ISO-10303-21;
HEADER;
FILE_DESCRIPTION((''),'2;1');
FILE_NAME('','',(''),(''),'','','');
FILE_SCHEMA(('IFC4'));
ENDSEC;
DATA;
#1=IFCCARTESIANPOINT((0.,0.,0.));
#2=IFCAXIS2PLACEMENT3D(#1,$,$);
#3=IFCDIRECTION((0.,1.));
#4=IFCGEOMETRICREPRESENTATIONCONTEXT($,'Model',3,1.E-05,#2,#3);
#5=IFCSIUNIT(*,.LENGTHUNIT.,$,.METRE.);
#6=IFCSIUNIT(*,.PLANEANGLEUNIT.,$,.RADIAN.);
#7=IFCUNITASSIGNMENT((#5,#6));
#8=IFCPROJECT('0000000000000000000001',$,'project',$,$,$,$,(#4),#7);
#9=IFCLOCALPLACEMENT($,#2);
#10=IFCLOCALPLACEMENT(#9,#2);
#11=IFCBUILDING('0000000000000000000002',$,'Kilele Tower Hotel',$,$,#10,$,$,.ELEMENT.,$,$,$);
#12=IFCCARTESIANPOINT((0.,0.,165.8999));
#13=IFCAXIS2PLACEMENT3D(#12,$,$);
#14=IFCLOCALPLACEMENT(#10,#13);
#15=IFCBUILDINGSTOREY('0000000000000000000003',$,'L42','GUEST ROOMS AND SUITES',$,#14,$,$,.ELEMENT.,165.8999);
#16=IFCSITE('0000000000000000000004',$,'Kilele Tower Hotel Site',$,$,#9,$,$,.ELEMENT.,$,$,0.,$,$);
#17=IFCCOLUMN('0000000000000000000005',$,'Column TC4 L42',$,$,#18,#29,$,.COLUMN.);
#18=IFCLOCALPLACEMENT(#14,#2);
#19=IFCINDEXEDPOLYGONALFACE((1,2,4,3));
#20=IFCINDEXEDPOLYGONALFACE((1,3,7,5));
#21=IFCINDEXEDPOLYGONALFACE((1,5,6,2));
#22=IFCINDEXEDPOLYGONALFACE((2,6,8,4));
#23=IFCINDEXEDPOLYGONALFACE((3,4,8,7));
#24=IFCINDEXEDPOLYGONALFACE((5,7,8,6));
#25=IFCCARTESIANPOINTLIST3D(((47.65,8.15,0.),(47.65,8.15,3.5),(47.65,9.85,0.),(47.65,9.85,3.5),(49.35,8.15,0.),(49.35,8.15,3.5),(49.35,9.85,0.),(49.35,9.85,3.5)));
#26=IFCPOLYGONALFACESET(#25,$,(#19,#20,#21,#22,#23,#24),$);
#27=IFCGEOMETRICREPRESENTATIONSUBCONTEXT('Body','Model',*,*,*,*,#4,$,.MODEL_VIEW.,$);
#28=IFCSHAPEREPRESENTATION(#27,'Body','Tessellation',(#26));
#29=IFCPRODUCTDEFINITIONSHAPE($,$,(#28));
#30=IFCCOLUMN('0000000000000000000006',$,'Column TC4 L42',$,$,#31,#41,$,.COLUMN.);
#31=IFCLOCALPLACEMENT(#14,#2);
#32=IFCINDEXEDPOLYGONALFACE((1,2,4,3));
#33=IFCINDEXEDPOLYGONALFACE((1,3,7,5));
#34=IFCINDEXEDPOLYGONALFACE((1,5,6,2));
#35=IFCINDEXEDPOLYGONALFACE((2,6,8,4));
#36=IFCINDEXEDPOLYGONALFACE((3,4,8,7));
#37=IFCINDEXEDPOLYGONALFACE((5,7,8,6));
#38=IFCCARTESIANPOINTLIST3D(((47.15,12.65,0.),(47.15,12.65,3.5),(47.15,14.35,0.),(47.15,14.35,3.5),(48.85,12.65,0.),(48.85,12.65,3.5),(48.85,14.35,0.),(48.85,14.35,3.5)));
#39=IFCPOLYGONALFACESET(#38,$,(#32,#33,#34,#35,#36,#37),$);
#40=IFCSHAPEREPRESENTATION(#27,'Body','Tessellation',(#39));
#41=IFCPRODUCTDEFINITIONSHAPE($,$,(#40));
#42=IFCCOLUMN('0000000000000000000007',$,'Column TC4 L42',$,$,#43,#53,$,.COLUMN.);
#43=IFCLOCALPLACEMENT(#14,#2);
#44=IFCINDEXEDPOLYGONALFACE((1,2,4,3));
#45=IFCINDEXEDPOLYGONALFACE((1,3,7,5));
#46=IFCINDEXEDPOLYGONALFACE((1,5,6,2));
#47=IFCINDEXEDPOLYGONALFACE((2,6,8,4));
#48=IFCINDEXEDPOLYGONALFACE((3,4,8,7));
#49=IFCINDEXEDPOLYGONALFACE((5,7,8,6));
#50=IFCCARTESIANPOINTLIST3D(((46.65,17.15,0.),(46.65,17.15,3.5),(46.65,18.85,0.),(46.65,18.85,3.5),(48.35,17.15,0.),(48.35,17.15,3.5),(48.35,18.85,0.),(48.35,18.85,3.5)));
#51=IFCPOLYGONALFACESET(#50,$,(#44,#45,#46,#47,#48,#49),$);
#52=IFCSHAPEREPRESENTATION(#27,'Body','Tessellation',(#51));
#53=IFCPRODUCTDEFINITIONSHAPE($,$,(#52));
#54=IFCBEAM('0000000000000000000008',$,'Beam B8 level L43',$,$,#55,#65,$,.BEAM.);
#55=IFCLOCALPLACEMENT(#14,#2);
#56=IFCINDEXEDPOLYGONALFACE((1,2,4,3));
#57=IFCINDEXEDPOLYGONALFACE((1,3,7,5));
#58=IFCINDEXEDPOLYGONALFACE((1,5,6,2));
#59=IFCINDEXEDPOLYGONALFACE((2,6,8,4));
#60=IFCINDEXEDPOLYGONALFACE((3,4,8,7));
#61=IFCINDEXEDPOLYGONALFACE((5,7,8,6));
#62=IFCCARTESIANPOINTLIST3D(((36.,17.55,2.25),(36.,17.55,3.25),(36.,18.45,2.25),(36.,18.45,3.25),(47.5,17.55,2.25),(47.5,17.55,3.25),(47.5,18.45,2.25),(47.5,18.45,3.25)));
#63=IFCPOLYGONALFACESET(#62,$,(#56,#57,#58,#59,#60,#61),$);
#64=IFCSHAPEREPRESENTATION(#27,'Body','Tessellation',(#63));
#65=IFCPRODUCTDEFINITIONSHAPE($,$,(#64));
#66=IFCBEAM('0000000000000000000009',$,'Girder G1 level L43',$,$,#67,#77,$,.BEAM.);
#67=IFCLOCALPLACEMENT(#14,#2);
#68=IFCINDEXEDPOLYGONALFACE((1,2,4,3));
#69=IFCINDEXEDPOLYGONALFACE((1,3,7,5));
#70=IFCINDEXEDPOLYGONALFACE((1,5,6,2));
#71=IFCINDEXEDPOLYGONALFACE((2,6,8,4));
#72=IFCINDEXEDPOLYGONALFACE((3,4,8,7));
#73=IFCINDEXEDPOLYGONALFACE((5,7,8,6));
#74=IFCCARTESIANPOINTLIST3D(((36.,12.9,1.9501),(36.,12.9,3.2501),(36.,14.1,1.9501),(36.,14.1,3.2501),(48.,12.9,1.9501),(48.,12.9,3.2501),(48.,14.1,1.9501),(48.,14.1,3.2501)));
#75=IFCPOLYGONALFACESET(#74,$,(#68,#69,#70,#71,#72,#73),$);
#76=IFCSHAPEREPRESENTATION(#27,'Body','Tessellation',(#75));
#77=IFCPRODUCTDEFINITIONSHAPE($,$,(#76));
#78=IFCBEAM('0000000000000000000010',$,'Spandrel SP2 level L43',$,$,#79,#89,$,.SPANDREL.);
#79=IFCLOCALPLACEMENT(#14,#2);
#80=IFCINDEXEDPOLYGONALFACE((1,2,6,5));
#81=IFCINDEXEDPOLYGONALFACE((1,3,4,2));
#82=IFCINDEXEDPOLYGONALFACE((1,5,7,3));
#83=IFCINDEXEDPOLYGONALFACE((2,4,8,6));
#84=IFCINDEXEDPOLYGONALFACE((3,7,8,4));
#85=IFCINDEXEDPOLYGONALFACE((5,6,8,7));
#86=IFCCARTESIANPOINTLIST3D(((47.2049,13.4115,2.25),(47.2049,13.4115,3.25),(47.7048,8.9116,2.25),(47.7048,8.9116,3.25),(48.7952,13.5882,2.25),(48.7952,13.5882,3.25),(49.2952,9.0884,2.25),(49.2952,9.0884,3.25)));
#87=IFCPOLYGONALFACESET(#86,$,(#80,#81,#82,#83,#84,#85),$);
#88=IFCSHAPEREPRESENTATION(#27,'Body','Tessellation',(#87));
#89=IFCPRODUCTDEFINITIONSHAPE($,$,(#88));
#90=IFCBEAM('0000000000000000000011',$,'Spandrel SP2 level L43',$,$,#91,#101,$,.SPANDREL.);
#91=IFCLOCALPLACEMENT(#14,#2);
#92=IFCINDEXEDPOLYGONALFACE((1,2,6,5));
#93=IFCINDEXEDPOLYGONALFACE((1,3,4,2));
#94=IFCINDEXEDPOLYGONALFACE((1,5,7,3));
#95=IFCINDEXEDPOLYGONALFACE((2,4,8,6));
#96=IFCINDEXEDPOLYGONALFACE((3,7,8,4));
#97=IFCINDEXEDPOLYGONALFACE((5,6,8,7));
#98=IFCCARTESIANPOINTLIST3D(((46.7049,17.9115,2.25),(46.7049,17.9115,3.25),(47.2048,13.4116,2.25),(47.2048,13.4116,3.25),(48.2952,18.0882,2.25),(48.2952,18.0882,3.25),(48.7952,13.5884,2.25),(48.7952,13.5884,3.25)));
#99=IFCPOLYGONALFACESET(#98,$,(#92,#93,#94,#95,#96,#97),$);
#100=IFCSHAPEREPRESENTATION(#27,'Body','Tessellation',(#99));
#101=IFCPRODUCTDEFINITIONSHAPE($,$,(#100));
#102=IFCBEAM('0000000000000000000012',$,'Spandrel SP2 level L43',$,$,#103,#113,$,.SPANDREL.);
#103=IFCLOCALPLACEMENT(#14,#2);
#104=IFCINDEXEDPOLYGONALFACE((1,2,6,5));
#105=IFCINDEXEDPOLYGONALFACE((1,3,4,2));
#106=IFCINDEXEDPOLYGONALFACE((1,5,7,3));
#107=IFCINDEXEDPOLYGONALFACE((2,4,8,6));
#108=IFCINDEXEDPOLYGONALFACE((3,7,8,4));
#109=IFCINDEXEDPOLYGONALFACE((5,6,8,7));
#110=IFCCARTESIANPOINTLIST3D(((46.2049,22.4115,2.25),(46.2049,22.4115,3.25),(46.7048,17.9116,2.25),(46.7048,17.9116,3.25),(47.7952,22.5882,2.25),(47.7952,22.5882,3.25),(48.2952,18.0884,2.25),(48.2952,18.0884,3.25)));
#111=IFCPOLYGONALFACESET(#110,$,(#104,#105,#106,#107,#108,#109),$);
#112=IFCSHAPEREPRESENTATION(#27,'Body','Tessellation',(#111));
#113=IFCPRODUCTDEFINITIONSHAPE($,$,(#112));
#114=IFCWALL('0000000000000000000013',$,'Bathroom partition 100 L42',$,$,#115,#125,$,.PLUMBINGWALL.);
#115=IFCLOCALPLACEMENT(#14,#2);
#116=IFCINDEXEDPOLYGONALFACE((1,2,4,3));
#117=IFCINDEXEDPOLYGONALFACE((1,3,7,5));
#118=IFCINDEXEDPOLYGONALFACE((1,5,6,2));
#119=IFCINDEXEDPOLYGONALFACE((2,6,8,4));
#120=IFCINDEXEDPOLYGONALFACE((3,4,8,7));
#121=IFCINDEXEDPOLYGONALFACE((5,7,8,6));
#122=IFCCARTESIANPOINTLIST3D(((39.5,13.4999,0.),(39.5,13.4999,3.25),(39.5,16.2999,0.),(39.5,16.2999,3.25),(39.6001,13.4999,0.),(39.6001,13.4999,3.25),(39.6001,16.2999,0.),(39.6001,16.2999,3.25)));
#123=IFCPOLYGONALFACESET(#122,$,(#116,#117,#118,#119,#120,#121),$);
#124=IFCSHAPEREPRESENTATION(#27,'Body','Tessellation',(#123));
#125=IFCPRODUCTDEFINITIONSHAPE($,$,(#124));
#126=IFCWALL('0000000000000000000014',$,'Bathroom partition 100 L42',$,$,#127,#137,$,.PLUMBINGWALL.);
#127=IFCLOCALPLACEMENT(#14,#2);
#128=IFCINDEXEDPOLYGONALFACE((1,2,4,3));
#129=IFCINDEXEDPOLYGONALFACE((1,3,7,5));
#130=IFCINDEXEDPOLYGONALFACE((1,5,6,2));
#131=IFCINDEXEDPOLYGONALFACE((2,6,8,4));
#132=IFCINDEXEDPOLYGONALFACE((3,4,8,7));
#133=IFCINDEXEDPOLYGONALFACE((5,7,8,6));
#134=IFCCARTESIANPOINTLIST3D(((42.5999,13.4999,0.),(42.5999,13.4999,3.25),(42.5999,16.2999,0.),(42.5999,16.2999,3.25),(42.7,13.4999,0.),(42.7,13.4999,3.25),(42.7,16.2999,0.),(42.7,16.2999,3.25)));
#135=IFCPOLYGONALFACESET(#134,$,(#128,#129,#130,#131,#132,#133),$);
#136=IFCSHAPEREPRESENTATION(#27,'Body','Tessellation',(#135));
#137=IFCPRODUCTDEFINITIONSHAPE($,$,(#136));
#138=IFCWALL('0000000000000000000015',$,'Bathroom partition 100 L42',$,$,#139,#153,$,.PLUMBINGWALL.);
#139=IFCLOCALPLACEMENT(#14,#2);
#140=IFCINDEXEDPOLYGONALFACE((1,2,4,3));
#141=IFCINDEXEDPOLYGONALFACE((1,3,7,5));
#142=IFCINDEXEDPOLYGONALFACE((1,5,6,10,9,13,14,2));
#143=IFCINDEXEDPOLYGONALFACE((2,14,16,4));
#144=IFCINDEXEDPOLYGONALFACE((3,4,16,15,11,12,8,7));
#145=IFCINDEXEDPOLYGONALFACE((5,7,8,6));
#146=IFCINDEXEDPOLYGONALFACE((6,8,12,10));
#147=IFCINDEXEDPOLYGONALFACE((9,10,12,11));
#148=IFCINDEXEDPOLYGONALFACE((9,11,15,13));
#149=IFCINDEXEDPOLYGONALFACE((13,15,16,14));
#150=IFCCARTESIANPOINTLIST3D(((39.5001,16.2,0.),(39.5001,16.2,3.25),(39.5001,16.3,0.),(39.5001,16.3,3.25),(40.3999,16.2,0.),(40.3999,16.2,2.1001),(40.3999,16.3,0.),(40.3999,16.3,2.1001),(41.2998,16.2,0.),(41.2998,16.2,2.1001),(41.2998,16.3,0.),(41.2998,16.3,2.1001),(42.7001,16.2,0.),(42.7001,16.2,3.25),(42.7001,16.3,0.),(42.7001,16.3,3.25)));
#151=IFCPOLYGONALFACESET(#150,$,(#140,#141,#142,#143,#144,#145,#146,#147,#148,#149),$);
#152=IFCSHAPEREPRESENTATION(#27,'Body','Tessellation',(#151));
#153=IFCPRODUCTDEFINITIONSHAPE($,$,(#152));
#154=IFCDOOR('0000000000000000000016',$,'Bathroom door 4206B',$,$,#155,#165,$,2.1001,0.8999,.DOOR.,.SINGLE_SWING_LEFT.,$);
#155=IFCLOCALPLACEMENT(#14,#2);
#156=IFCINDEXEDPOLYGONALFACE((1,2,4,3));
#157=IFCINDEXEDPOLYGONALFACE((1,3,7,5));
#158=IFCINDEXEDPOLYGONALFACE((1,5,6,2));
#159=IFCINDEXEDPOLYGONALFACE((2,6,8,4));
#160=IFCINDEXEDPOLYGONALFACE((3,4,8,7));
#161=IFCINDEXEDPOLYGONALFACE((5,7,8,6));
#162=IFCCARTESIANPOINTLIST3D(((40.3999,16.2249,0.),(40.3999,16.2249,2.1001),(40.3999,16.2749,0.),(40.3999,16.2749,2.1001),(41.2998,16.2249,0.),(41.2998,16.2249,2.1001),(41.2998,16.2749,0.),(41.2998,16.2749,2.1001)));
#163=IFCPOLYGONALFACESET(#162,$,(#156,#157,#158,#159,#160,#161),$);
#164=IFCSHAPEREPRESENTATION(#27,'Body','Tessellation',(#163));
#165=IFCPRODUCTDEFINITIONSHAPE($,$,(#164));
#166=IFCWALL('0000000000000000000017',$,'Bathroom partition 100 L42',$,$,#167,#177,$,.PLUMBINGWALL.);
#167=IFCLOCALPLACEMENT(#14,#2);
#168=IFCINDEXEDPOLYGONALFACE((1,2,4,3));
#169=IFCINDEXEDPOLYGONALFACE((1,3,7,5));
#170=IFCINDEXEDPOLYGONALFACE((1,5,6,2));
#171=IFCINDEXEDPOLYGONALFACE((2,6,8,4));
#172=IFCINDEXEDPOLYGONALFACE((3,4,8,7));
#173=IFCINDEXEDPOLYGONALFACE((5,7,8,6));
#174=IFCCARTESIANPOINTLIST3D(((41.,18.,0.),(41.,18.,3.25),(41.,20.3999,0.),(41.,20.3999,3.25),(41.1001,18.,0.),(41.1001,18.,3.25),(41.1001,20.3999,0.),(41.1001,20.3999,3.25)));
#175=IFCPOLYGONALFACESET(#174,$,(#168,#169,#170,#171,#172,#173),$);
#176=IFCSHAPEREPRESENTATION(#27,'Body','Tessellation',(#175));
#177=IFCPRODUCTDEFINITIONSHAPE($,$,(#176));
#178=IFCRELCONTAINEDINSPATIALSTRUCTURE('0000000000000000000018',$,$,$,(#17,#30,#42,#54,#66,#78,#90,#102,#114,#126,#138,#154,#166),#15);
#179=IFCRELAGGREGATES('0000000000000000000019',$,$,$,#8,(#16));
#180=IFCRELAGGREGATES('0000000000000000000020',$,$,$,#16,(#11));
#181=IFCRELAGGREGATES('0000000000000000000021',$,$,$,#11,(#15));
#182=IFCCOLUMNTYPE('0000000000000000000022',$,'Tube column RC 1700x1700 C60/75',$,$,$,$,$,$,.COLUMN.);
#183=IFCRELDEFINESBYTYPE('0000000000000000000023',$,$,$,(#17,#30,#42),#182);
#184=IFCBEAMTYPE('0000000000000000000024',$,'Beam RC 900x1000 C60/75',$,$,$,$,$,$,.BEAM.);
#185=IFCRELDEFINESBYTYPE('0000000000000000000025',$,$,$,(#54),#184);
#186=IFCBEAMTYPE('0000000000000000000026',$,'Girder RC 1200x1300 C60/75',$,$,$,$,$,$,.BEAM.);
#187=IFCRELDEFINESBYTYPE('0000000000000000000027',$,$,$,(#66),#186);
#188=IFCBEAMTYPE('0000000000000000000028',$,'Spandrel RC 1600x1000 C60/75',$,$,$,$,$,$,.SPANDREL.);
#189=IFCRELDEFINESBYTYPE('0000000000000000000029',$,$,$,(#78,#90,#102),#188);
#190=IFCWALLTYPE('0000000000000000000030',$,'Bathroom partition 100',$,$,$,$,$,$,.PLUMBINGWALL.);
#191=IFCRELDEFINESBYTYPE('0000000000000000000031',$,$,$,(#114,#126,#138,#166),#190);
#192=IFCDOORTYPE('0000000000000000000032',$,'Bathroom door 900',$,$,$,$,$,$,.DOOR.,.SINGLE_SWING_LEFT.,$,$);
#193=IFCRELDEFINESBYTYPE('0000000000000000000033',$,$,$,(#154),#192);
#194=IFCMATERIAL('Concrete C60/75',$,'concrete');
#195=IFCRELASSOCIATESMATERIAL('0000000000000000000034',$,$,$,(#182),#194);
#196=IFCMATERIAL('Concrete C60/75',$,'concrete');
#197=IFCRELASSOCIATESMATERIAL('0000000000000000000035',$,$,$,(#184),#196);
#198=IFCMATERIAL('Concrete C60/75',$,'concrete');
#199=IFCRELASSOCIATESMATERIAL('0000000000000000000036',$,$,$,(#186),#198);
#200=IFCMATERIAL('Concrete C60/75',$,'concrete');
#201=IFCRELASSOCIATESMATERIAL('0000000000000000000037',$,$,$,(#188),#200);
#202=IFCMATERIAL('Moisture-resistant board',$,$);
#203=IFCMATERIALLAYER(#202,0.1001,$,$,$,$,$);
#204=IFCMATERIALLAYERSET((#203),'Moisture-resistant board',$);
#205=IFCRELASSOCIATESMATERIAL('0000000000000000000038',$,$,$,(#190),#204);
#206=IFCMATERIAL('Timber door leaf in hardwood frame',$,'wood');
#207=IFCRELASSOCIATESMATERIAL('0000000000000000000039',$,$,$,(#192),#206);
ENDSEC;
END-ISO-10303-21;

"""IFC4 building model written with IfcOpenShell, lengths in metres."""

from ifc_helpers import new_model, si_unit, direction, frame, frame_2d, origin, origin_2d, place, context, subcontext, project, spatial, rectangle, extrude, material, layer, layer_set, material_profile, profile_set, type_object, element, fill, save


model = new_model("IFC4")

# Units and contexts
model_context = context("Model", 3, precision=1e-05, world=origin(), true_north=direction((0.0, 1.0)))
body_context = subcontext(model_context, "Body", "Model", "MODEL_VIEW")
ifc_project = project(units=[si_unit("LENGTHUNIT", "METRE"), si_unit("PLANEANGLEUNIT", "RADIAN")], contexts=[model_context])

# Site, building, storey
site_placement = place(None, origin())
site = spatial("IfcSite", under=ifc_project, at=site_placement, Name="Kilele Tower Hotel Site", CompositionType="ELEMENT", RefElevation=0.0)
building_placement = place(site_placement, origin())
building = spatial("IfcBuilding", under=site, at=building_placement, Name="Kilele Tower Hotel", CompositionType="ELEMENT")
storey_placement = place(building_placement, frame((0.0, 0.0, 165.8999)))
storey = spatial("IfcBuildingStorey", under=building, at=storey_placement, Name="L42", Description="GUEST ROOMS AND SUITES", CompositionType="ELEMENT", Elevation=165.8999)

# Columns
ifc_material_1 = material(Name="Concrete C60/75", Category="concrete")
ifc_material_profile_1 = material_profile(ifc_material_1, rectangle(XDim=1.7, YDim=1.7, at=origin_2d()))
ifc_profile_set_1 = profile_set([ifc_material_profile_1], Name="Concrete C60/75")
column_type = type_object("IfcColumnType", Name="Tube column RC 1700x1700 C60/75", PredefinedType="COLUMN", material=ifc_profile_set_1)
for number, where, z_axis, x_axis, name in (
    (1, (48.5, 9.0, 0.0), (0.0, 0.0, 1.0), (1.0, 0.0, 0.0), "Column TC4 L42"),
    (2, (48.0, 13.5, 0.0), (0.0, 0.0, 1.0), (1.0, 0.0, 0.0), "Column TC4 L42"),
    (3, (47.5, 18.0, 0.0), (0.0, 0.0, 1.0), (1.0, 0.0, 0.0), "Column TC4 L42"),
):
    element("IfcColumn", number, at=place(storey_placement, frame(where, z_axis=z_axis, x_axis=x_axis)), inside=storey, type_object=column_type, Name=name, PredefinedType="COLUMN", context=body_context, shape_type="SweptSolid", body=[
        extrude(rectangle(XDim=1.7, YDim=1.7, at=origin_2d()), origin(), (0.0, 0.0, 1.0), 3.5),
    ])

# Beams
ifc_material_2 = material(Name="Concrete C60/75", Category="concrete")
ifc_material_profile_2 = material_profile(ifc_material_2, rectangle(XDim=0.8999, YDim=1.0, at=origin_2d()))
ifc_profile_set_2 = profile_set([ifc_material_profile_2], Name="Concrete C60/75")
beam_type_1 = type_object("IfcBeamType", Name="Beam RC 900x1000 C60/75", PredefinedType="BEAM", material=ifc_profile_set_2)
beam_1_placement = place(storey_placement, frame((47.5, 18.0, 2.75), z_axis=(-1.0, 0.0, 0.0), x_axis=(0.0, -1.0, 0.0)))
element("IfcBeam", 4, at=beam_1_placement, inside=storey, type_object=beam_type_1, Name="Beam B8 level L43", PredefinedType="BEAM", context=body_context, shape_type="SweptSolid", body=[
    extrude(rectangle(XDim=0.8999, YDim=1.0, at=origin_2d()), origin(), (0.0, 0.0, 1.0), 11.5),
])
ifc_material_3 = material(Name="Concrete C60/75", Category="concrete")
ifc_material_profile_3 = material_profile(ifc_material_3, rectangle(XDim=1.2, YDim=1.3, at=origin_2d()))
ifc_profile_set_3 = profile_set([ifc_material_profile_3], Name="Concrete C60/75")
beam_type_2 = type_object("IfcBeamType", Name="Girder RC 1200x1300 C60/75", PredefinedType="BEAM", material=ifc_profile_set_3)
beam_2_placement = place(storey_placement, frame((48.0, 13.5, 2.6001), z_axis=(-1.0, 0.0, 0.0), x_axis=(0.0, -1.0, 0.0)))
element("IfcBeam", 5, at=beam_2_placement, inside=storey, type_object=beam_type_2, Name="Girder G1 level L43", PredefinedType="BEAM", context=body_context, shape_type="SweptSolid", body=[
    extrude(rectangle(XDim=1.2, YDim=1.3, at=origin_2d()), origin(), (0.0, 0.0, 1.0), 12.0),
])
ifc_material_4 = material(Name="Concrete C60/75", Category="concrete")
ifc_material_profile_4 = material_profile(ifc_material_4, rectangle(XDim=1.6001, YDim=1.0, at=origin_2d()))
ifc_profile_set_4 = profile_set([ifc_material_profile_4], Name="Concrete C60/75")
beam_type_3 = type_object("IfcBeamType", Name="Spandrel RC 1600x1000 C60/75", PredefinedType="SPANDREL", material=ifc_profile_set_4)
for number, where, z_axis, x_axis, name in (
    (6, (48.5, 9.0, 2.75), (-0.110432, 0.993884, 0.0), (-0.993884, -0.110432, 0.0), "Spandrel SP2 level L43"),
    (7, (48.0, 13.5, 2.75), (-0.110432, 0.993884, 0.0), (-0.993884, -0.110432, 0.0), "Spandrel SP2 level L43"),
    (8, (47.5, 18.0, 2.75), (-0.110432, 0.993884, 0.0), (-0.993884, -0.110432, 0.0), "Spandrel SP2 level L43"),
):
    element("IfcBeam", number, at=place(storey_placement, frame(where, z_axis=z_axis, x_axis=x_axis)), inside=storey, type_object=beam_type_3, Name=name, PredefinedType="SPANDREL", context=body_context, shape_type="SweptSolid", body=[
        extrude(rectangle(XDim=1.6001, YDim=1.0, at=origin_2d()), origin(), (0.0, 0.0, 1.0), 4.5276),
    ])

# Walls
ifc_material_5 = material(Name="Moisture-resistant board")
ifc_layer_1 = layer(ifc_material_5, 0.1001)
ifc_layer_set_1 = layer_set([ifc_layer_1], Name="Moisture-resistant board")
wall_type_1 = type_object("IfcWallType", Name="Bathroom partition 100", PredefinedType="PLUMBINGWALL", material=ifc_layer_set_1)
for number, where, z_axis, x_axis, name in (
    (9, (39.55, 13.5, 0.0), (0.0, 0.0, 1.0), (0.0, 1.0, 0.0), "Bathroom partition 100 L42"),
    (10, (42.6499, 13.5, 0.0), (0.0, 0.0, 1.0), (0.0, 1.0, 0.0), "Bathroom partition 100 L42"),
):
    element("IfcWall", number, at=place(storey_placement, frame(where, z_axis=z_axis, x_axis=x_axis)), inside=storey, type_object=wall_type_1, Name=name, PredefinedType="PLUMBINGWALL", context=body_context, shape_type="SweptSolid", body=[
        extrude(rectangle(XDim=2.8, YDim=0.1001, at=frame_2d((1.3999, 0.0))), origin(), (0.0, 0.0, 1.0), 3.25),
    ])

# Wall, opening, door
wall_1_placement = place(storey_placement, frame((39.5, 16.25, 0.0), z_axis=(0.0, 0.0, 1.0), x_axis=(1.0, 0.0, 0.0)))
wall_1 = element("IfcWall", 11, at=wall_1_placement, inside=storey, type_object=wall_type_1, Name="Bathroom partition 100 L42", PredefinedType="PLUMBINGWALL", context=body_context, shape_type="SweptSolid", body=[
    extrude(rectangle(XDim=3.2, YDim=0.1001, at=frame_2d((1.6001, 0.0))), origin(), (0.0, 0.0, 1.0), 3.25),
])
opening_1_placement = place(wall_1_placement, frame((0.8999, 0.0, 0.0)))
opening_1 = element("IfcOpeningElement", 12, at=opening_1_placement, cuts=wall_1, PredefinedType="OPENING", context=body_context, shape_type="SweptSolid", body=[
    extrude(rectangle(XDim=0.8999, YDim=2.1001, at=frame_2d((0.45, 1.05))), frame((0.0, 0.0601, 0.0), z_axis=(0.0, -1.0, 0.0), x_axis=(1.0, 0.0, 0.0)), (0.0, 0.0, 1.0), 0.1201),
])
ifc_material_6 = material(Name="Timber door leaf in hardwood frame", Category="wood")
door_type_1 = type_object("IfcDoorType", Name="Bathroom door 900", OperationType="SINGLE_SWING_LEFT", PredefinedType="DOOR", material=ifc_material_6)
door_1_placement = place(opening_1_placement, origin())
door_1 = element("IfcDoor", 13, at=door_1_placement, inside=storey, type_object=door_type_1, Name="Bathroom door 4206B", OperationType="SINGLE_SWING_LEFT", OverallHeight=2.1001, OverallWidth=0.8999, PredefinedType="DOOR", context=body_context, shape_type="SweptSolid", body=[
    extrude(rectangle(XDim=0.8999, YDim=2.1001, at=frame_2d((0.45, 1.05))), frame((0.0, 0.0249, 0.0), z_axis=(0.0, -1.0, 0.0), x_axis=(1.0, 0.0, 0.0)), (0.0, 0.0, 1.0), 0.05),
])
fill(opening_1, door_1)

# Wall
wall_2_placement = place(storey_placement, frame((41.05, 18.0, 0.0), z_axis=(0.0, 0.0, 1.0), x_axis=(0.0, 1.0, 0.0)))
element("IfcWall", 14, at=wall_2_placement, inside=storey, type_object=wall_type_1, Name="Bathroom partition 100 L42", PredefinedType="PLUMBINGWALL", context=body_context, shape_type="SweptSolid", body=[
    extrude(rectangle(XDim=2.3999, YDim=0.1001, at=frame_2d((1.2, 0.0))), origin(), (0.0, 0.0, 1.0), 3.25),
])

save(model, "model.ifc")
